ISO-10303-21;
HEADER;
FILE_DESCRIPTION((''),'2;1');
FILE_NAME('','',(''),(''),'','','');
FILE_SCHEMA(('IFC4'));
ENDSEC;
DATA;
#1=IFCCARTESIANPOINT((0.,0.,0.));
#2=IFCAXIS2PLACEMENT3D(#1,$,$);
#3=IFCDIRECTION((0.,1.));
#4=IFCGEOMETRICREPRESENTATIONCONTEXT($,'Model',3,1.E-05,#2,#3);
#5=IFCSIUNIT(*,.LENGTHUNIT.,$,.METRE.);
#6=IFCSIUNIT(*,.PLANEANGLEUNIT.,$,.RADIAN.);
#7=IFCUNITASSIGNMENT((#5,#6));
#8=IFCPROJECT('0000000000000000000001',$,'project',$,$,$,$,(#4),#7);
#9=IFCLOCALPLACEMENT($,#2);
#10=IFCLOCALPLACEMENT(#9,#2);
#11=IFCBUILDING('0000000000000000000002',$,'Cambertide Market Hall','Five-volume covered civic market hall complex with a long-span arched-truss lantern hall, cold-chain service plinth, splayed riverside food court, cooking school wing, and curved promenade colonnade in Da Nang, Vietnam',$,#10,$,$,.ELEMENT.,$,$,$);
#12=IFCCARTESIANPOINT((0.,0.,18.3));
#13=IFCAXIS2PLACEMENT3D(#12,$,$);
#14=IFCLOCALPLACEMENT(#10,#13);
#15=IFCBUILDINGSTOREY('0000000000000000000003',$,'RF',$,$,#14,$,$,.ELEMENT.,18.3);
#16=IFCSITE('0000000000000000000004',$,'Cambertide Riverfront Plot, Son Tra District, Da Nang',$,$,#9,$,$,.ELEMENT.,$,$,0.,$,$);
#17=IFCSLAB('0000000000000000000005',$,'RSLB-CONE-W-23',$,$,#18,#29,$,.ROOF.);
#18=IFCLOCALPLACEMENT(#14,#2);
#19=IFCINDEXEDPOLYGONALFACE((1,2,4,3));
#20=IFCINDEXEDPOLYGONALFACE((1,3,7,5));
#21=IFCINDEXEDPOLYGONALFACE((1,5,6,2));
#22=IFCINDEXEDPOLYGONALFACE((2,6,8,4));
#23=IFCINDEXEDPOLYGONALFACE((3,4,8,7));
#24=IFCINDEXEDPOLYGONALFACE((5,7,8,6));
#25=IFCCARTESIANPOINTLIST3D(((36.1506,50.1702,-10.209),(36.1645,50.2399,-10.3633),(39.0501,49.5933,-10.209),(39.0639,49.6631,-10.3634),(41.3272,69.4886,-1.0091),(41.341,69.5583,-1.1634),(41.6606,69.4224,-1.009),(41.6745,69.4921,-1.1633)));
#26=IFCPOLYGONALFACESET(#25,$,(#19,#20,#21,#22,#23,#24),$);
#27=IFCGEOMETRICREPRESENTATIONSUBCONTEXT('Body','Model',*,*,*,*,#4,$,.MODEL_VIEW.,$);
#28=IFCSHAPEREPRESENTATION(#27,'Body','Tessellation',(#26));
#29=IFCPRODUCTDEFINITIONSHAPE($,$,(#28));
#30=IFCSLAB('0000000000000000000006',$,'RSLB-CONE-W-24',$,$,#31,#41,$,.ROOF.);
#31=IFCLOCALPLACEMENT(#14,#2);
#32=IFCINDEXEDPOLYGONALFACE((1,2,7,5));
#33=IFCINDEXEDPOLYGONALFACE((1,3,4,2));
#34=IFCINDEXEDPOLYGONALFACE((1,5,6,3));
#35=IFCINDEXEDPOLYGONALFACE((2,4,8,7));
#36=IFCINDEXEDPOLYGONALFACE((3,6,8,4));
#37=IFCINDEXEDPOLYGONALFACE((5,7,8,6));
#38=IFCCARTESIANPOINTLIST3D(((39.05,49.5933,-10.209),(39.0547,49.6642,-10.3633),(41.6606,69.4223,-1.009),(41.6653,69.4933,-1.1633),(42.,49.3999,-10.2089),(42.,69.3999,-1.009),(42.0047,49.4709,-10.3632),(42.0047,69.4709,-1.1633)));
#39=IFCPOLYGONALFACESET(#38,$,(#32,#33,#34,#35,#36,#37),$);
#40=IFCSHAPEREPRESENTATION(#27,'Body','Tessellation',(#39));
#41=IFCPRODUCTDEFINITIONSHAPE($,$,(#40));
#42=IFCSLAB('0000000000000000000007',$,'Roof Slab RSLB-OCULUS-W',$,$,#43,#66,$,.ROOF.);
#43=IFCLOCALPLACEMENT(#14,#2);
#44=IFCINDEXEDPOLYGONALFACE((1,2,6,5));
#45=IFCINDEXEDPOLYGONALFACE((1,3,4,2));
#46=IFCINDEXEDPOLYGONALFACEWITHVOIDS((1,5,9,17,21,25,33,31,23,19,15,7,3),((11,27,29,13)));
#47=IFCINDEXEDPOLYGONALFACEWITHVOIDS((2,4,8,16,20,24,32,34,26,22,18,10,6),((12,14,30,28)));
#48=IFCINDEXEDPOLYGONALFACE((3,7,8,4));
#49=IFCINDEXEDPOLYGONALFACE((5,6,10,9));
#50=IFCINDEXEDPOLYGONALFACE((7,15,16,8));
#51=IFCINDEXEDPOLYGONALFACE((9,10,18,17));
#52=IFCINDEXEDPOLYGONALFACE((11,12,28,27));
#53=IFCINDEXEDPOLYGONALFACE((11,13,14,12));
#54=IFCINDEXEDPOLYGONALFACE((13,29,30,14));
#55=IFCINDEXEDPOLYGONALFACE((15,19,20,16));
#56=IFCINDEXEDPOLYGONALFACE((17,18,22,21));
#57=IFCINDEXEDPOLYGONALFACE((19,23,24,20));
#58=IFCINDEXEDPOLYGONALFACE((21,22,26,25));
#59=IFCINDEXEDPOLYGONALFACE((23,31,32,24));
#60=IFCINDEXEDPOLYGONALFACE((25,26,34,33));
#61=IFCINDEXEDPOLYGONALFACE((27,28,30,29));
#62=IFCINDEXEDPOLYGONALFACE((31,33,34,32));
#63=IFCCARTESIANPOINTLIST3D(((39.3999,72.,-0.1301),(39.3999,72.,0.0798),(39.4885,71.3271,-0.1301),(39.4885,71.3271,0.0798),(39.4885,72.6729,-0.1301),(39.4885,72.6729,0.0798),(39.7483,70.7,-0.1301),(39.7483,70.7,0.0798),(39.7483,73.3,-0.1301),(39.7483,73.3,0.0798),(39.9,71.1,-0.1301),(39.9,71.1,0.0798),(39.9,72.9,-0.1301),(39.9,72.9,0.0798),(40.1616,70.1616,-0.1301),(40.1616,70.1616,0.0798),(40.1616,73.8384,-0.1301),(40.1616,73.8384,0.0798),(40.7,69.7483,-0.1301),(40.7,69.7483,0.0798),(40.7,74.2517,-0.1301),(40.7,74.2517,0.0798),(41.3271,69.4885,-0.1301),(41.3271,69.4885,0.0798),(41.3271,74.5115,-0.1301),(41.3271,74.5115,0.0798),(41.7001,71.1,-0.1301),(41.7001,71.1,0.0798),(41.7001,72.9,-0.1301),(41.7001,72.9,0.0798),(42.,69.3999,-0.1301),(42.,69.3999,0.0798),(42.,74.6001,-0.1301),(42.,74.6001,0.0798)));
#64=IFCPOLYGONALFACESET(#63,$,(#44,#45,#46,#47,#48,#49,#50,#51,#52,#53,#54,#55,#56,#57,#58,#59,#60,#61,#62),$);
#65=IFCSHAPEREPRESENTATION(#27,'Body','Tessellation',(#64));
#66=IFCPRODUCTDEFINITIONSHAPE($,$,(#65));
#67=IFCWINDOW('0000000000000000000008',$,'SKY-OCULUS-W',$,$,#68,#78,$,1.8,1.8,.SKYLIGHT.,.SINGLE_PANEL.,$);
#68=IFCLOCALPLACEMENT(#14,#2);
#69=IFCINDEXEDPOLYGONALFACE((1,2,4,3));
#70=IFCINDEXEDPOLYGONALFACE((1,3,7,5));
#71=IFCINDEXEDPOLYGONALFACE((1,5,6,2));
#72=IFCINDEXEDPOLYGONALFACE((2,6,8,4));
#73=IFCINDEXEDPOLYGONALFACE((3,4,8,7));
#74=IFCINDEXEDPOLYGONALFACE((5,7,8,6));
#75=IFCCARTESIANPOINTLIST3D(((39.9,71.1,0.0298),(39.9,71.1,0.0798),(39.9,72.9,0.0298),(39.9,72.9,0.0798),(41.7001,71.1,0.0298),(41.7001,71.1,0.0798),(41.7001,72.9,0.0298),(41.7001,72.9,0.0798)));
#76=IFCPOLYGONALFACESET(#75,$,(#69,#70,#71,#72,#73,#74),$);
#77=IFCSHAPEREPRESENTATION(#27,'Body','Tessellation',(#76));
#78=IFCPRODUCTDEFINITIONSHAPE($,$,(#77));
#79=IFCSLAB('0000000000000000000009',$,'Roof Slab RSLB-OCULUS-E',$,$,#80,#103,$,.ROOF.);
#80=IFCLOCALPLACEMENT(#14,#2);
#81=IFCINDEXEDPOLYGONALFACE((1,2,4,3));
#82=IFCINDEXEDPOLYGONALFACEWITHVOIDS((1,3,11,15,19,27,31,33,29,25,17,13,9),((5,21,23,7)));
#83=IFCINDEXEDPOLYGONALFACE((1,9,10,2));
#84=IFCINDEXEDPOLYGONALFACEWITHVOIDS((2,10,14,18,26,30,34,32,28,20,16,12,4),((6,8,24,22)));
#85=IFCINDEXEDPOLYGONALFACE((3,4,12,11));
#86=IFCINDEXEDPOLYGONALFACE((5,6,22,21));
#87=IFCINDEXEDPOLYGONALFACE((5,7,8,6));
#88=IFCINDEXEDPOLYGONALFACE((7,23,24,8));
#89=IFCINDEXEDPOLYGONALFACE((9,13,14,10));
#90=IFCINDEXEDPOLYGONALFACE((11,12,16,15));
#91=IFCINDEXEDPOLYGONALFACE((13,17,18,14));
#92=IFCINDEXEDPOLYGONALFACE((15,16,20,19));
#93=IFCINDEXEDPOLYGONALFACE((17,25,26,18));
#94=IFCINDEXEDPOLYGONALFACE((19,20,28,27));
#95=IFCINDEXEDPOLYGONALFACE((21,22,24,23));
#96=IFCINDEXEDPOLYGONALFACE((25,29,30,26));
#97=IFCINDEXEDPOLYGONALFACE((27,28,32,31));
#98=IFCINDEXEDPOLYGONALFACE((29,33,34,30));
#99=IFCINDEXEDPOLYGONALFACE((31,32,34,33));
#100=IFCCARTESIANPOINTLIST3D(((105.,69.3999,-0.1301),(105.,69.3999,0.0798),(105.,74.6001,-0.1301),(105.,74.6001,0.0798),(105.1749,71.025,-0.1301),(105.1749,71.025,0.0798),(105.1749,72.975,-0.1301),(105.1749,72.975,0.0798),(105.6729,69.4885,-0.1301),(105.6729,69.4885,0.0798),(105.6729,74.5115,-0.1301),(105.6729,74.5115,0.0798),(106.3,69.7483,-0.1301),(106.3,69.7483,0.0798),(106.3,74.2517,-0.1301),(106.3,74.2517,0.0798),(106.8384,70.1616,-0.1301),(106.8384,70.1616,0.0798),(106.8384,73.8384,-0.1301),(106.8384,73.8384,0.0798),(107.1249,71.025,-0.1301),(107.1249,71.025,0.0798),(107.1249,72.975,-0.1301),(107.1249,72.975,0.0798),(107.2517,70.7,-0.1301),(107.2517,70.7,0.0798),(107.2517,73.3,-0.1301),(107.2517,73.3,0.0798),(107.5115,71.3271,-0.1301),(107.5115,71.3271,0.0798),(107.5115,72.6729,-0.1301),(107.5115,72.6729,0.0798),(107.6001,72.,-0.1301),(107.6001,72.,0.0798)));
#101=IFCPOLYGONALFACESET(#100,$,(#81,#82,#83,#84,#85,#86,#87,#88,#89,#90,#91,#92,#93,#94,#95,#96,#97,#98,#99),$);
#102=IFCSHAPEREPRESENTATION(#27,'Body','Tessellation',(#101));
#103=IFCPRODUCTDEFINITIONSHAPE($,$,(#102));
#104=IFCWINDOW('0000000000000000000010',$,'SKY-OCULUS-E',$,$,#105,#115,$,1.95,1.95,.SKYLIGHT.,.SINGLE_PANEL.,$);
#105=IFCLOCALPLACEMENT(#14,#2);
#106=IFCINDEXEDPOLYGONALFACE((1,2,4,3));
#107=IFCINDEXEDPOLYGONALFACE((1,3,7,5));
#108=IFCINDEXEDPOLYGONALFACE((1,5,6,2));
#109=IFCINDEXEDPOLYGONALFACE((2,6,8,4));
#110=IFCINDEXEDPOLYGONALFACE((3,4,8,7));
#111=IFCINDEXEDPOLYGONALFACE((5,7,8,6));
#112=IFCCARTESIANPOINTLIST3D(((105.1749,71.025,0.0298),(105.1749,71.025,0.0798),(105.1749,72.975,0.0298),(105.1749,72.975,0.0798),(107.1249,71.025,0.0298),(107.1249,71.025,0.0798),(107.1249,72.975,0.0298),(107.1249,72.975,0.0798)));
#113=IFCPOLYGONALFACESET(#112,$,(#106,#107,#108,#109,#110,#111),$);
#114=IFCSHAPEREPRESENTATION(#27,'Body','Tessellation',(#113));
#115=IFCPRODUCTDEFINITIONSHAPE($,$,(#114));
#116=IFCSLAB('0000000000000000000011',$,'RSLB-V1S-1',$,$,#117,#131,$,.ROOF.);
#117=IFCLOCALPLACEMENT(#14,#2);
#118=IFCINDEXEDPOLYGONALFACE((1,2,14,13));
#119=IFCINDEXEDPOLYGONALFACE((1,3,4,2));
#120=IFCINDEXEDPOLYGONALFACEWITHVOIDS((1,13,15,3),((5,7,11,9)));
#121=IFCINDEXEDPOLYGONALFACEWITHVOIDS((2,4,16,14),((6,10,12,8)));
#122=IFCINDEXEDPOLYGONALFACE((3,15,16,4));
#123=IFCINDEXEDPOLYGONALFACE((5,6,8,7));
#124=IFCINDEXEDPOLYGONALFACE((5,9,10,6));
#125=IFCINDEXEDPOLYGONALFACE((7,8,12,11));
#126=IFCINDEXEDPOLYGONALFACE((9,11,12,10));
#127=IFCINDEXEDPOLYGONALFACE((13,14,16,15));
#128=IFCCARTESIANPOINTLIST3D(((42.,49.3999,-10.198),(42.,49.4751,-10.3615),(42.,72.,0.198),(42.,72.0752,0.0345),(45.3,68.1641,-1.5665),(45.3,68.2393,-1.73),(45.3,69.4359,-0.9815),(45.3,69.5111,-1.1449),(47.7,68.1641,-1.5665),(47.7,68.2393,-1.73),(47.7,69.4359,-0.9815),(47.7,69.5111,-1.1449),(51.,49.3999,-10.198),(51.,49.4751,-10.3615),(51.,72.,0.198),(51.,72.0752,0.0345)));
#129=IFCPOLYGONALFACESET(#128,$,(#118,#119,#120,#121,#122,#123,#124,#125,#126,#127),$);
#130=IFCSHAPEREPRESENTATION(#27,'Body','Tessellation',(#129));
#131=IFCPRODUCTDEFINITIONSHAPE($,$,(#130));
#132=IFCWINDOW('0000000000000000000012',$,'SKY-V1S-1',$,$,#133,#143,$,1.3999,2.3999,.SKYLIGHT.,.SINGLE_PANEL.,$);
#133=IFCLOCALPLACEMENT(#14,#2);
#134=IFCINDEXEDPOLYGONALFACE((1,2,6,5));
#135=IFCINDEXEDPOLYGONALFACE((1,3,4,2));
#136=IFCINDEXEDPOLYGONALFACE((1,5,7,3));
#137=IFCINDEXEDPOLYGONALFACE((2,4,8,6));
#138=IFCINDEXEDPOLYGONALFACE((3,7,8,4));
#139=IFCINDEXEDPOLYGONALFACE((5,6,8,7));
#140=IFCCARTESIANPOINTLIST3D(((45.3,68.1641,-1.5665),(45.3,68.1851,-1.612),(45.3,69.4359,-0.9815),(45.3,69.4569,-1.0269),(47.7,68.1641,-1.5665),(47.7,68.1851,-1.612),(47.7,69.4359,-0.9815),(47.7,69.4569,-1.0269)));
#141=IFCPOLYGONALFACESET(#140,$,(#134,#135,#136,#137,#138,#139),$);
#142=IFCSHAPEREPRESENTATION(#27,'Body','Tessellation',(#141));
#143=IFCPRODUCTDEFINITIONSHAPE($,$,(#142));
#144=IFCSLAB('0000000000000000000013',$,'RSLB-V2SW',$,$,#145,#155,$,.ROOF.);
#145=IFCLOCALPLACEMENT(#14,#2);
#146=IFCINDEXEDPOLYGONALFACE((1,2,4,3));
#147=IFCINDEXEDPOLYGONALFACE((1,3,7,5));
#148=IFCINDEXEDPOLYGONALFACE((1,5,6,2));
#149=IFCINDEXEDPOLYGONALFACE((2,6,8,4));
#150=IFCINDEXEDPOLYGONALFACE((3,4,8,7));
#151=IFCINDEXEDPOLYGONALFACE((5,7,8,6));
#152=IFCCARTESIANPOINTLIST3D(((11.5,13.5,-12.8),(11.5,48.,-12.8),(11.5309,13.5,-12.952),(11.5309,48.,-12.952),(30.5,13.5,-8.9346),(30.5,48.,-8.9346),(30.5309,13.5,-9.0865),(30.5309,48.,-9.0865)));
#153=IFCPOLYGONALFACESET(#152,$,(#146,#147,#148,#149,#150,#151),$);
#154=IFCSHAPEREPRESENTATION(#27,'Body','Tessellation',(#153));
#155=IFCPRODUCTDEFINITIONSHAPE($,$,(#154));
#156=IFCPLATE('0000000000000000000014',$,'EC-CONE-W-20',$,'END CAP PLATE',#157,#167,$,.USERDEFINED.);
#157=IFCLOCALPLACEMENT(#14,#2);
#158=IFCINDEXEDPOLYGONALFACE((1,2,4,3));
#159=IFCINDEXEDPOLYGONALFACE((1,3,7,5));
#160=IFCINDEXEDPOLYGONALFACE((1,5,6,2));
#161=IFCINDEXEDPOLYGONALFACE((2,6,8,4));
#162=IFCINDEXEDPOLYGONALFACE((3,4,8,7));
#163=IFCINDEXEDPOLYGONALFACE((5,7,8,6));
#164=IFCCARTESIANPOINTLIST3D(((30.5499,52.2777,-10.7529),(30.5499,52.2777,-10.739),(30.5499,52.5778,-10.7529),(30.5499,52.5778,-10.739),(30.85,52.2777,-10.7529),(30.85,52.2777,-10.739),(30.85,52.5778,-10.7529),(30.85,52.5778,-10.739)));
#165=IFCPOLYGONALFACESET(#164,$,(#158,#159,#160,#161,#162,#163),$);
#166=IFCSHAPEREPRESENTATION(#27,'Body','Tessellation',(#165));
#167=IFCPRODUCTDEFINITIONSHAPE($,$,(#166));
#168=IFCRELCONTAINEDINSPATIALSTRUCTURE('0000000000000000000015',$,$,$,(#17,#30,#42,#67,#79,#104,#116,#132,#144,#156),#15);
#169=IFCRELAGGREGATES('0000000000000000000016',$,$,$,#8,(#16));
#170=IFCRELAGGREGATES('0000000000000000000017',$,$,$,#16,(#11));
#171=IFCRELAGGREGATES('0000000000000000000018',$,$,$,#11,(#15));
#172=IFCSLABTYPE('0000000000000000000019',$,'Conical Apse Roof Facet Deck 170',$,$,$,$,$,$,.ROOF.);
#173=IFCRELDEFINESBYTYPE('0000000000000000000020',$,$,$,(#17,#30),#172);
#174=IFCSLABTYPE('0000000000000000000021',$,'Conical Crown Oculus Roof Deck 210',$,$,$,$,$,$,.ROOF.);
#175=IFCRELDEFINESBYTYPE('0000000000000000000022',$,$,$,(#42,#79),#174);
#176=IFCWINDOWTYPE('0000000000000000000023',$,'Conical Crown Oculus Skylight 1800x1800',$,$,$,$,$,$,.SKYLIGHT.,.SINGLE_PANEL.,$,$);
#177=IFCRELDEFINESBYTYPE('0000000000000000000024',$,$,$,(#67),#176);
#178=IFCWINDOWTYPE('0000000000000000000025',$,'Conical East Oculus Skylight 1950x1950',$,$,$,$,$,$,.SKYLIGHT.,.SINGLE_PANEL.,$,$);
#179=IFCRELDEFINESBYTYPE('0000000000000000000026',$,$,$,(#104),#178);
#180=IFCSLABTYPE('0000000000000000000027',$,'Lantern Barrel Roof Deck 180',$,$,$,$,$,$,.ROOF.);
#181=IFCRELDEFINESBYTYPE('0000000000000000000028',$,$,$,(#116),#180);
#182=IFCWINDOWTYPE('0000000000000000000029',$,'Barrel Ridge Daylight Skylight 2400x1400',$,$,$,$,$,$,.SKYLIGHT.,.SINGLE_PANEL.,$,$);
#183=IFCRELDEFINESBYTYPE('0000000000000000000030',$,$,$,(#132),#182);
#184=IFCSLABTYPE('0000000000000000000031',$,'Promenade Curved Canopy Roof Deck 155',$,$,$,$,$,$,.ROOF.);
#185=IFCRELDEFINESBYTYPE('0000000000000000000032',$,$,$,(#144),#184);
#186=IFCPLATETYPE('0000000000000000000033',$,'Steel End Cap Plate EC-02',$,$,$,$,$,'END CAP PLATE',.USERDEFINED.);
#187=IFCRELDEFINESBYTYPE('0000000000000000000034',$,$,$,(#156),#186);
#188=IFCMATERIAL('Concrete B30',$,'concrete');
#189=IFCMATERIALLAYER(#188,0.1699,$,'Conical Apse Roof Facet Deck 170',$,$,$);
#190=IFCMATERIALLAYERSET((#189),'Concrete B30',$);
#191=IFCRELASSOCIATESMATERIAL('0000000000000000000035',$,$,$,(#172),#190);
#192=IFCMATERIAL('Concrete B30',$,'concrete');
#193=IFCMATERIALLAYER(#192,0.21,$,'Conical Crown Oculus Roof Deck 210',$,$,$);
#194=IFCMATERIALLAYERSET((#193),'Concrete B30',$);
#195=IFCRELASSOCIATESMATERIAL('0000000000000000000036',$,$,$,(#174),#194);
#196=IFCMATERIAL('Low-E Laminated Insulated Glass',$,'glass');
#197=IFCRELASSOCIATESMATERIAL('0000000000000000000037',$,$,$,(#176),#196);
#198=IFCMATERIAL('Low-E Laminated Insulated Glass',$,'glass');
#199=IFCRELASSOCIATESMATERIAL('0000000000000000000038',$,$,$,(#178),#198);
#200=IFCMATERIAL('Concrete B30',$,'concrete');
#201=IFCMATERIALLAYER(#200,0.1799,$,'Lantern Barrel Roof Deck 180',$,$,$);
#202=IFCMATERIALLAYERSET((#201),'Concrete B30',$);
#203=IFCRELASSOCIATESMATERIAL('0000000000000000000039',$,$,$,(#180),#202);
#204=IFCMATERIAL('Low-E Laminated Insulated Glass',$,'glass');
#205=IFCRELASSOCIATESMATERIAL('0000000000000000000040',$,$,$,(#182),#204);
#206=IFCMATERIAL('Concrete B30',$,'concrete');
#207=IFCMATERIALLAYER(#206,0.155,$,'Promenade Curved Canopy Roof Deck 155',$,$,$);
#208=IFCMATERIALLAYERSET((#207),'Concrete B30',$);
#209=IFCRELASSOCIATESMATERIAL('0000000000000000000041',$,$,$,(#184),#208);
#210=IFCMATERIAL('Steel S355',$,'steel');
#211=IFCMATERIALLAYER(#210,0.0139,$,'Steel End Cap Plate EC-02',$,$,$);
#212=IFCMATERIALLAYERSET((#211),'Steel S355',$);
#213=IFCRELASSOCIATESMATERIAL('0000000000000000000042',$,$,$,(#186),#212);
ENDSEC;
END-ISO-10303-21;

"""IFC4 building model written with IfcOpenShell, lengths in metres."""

from ifc_helpers import new_model, si_unit, direction, frame, origin, origin_2d, place, context, subcontext, project, spatial, polyline, rectangle, outline, extrude, material, layer, layer_set, type_object, element, fill, save


model = new_model("IFC4")

# Units and contexts
model_context = context("Model", 3, precision=1e-05, world=origin(), true_north=direction((0.0, 1.0)))
body_context = subcontext(model_context, "Body", "Model", "MODEL_VIEW")
ifc_project = project(units=[si_unit("LENGTHUNIT", "METRE"), si_unit("PLANEANGLEUNIT", "RADIAN")], contexts=[model_context])

# Site, building, storey
site_placement = place(None, origin())
site = spatial("IfcSite", under=ifc_project, at=site_placement, Name="Cambertide Riverfront Plot, Son Tra District, Da Nang", CompositionType="ELEMENT", RefElevation=0.0)
building_placement = place(site_placement, origin())
building = spatial("IfcBuilding", under=site, at=building_placement, Name="Cambertide Market Hall", Description="Five-volume covered civic market hall complex with a long-span arched-truss lantern hall, cold-chain service plinth, splayed riverside food court, cooking school wing, and curved promenade colonnade in Da Nang, Vietnam", CompositionType="ELEMENT")
storey_placement = place(building_placement, frame((0.0, 0.0, 18.3)))
storey = spatial("IfcBuildingStorey", under=building, at=storey_placement, Name="RF", CompositionType="ELEMENT", Elevation=18.3)

# Slabs
ifc_material_1 = material(Name="Concrete B30", Category="concrete")
ifc_layer_1 = layer(ifc_material_1, 0.1699, Name="Conical Apse Roof Facet Deck 170")
ifc_layer_set_1 = layer_set([ifc_layer_1], Name="Concrete B30")
slab_type_1 = type_object("IfcSlabType", Name="Conical Apse Roof Facet Deck 170", PredefinedType="ROOF", material=ifc_layer_set_1)
slab_1_placement = place(storey_placement, frame((36.1506, 50.1702, -10.209), z_axis=(-0.081673, -0.410599, 0.908151), x_axis=(0.980776, -0.195137, -0.000022)))
element("IfcSlab", 1, at=slab_1_placement, inside=storey, type_object=slab_type_1, Name="RSLB-CONE-W-23", PredefinedType="ROOF", context=body_context, shape_type="SweptSolid", body=[
    extrude(outline(polyline([(0.0, 0.0), (2.9563, 0.0), (1.6471, 21.9758), (1.3071, 21.9756), (0.0, 0.0)])), origin(), (0.0, 0.0, -1.0), 0.1699),
])
slab_2_placement = place(storey_placement, frame((39.05, 49.5933, -10.209), z_axis=(-0.027409, -0.417743, 0.908152), x_axis=(0.997858, -0.065418, 0.000025)))
element("IfcSlab", 2, at=slab_2_placement, inside=storey, type_object=slab_type_1, Name="RSLB-CONE-W-24", PredefinedType="ROOF", context=body_context, shape_type="SweptSolid", body=[
    extrude(outline(polyline([(0.0, 0.0), (2.9563, 0.0), (1.6482, 21.9756), (1.3081, 21.9758), (0.0, 0.0)])), origin(), (0.0, 0.0, -1.0), 0.1699),
])

# Slabs, openings, windows
ifc_material_2 = material(Name="Concrete B30", Category="concrete")
ifc_layer_2 = layer(ifc_material_2, 0.21, Name="Conical Crown Oculus Roof Deck 210")
ifc_layer_set_2 = layer_set([ifc_layer_2], Name="Concrete B30")
slab_type_2 = type_object("IfcSlabType", Name="Conical Crown Oculus Roof Deck 210", PredefinedType="ROOF", material=ifc_layer_set_2)
slab_3_placement = place(storey_placement, frame((0.0, 0.0, -0.1301)))
slab_3 = element("IfcSlab", 3, at=slab_3_placement, inside=storey, type_object=slab_type_2, Name="Roof Slab RSLB-OCULUS-W", PredefinedType="ROOF", context=body_context, shape_type="SweptSolid", body=[
    extrude(outline(polyline([(42.0, 74.6001), (41.3271, 74.5115), (40.7, 74.2517), (40.1616, 73.8384), (39.7483, 73.3), (39.4885, 72.6729), (39.3999, 72.0), (39.4885, 71.3271), (39.7483, 70.7), (40.1616, 70.1616), (40.7, 69.7483), (41.3271, 69.4885), (42.0, 69.3999), (42.0, 74.6001)])), origin(), (0.0, 0.0, 1.0), 0.21),
])
opening_1_placement = place(slab_3_placement, frame((40.8, 72.0, -0.01)))
opening_1 = element("IfcOpeningElement", 4, at=opening_1_placement, cuts=slab_3, PredefinedType="OPENING", context=body_context, shape_type="SweptSolid", body=[
    extrude(rectangle(XDim=1.8, YDim=1.8, at=origin_2d()), origin(), (0.0, 0.0, 1.0), 0.23),
])
ifc_material_3 = material(Name="Low-E Laminated Insulated Glass", Category="glass")
window_type_1 = type_object("IfcWindowType", Name="Conical Crown Oculus Skylight 1800x1800", PartitioningType="SINGLE_PANEL", PredefinedType="SKYLIGHT", material=ifc_material_3)
window_1_placement = place(slab_3_placement, frame((40.8, 72.0, 0.1599)))
window_1 = element("IfcWindow", 5, at=window_1_placement, inside=storey, type_object=window_type_1, Name="SKY-OCULUS-W", OverallHeight=1.8, OverallWidth=1.8, PartitioningType="SINGLE_PANEL", PredefinedType="SKYLIGHT", context=body_context, shape_type="SweptSolid", body=[
    extrude(rectangle(XDim=1.8, YDim=1.8, at=origin_2d()), origin(), (0.0, 0.0, 1.0), 0.05),
])
fill(opening_1, window_1)
slab_4_placement = place(storey_placement, frame((0.0, 0.0, -0.1301)))
slab_4 = element("IfcSlab", 6, at=slab_4_placement, inside=storey, type_object=slab_type_2, Name="Roof Slab RSLB-OCULUS-E", PredefinedType="ROOF", context=body_context, shape_type="SweptSolid", body=[
    extrude(outline(polyline([(105.0, 69.3999), (105.6729, 69.4885), (106.3, 69.7483), (106.8384, 70.1616), (107.2517, 70.7), (107.5115, 71.3271), (107.6001, 72.0), (107.5115, 72.6729), (107.2517, 73.3), (106.8384, 73.8384), (106.3, 74.2517), (105.6729, 74.5115), (105.0, 74.6001), (105.0, 69.3999)])), origin(), (0.0, 0.0, 1.0), 0.21),
])
opening_2_placement = place(slab_4_placement, frame((106.1499, 72.0, -0.01)))
opening_2 = element("IfcOpeningElement", 7, at=opening_2_placement, cuts=slab_4, PredefinedType="OPENING", context=body_context, shape_type="SweptSolid", body=[
    extrude(rectangle(XDim=1.95, YDim=1.95, at=origin_2d()), origin(), (0.0, 0.0, 1.0), 0.23),
])
ifc_material_4 = material(Name="Low-E Laminated Insulated Glass", Category="glass")
window_type_2 = type_object("IfcWindowType", Name="Conical East Oculus Skylight 1950x1950", PartitioningType="SINGLE_PANEL", PredefinedType="SKYLIGHT", material=ifc_material_4)
window_2_placement = place(slab_4_placement, frame((106.1499, 72.0, 0.1599)))
window_2 = element("IfcWindow", 8, at=window_2_placement, inside=storey, type_object=window_type_2, Name="SKY-OCULUS-E", OverallHeight=1.95, OverallWidth=1.95, PartitioningType="SINGLE_PANEL", PredefinedType="SKYLIGHT", context=body_context, shape_type="SweptSolid", body=[
    extrude(rectangle(XDim=1.95, YDim=1.95, at=origin_2d()), origin(), (0.0, 0.0, 1.0), 0.05),
])
fill(opening_2, window_2)
ifc_material_5 = material(Name="Concrete B30", Category="concrete")
ifc_layer_3 = layer(ifc_material_5, 0.1799, Name="Lantern Barrel Roof Deck 180")
ifc_layer_set_3 = layer_set([ifc_layer_3], Name="Concrete B30")
slab_type_3 = type_object("IfcSlabType", Name="Lantern Barrel Roof Deck 180", PredefinedType="ROOF", material=ifc_layer_set_3)
slab_5_placement = place(storey_placement, frame((42.0, 49.3999, -10.198), z_axis=(0.0, -0.417904, 0.908491), x_axis=(1.0, 0.0, 0.0)))
slab_5 = element("IfcSlab", 9, at=slab_5_placement, inside=storey, type_object=slab_type_3, Name="RSLB-V1S-1", PredefinedType="ROOF", context=body_context, shape_type="SweptSolid", body=[
    extrude(outline(polyline([(0.0, 0.0), (9.0, 0.0), (9.0, 24.8765), (0.0, 24.8765), (0.0, 0.0)])), origin(), (0.0, 0.0, -1.0), 0.1799),
])
opening_3_placement = place(slab_5_placement, frame((4.5, 21.3542, 0.01), z_axis=(0.0, 0.0, 1.0), x_axis=(1.0, 0.0, 0.0)))
opening_3 = element("IfcOpeningElement", 10, at=opening_3_placement, cuts=slab_5, PredefinedType="OPENING", context=body_context, shape_type="SweptSolid", body=[
    extrude(rectangle(XDim=2.3999, YDim=1.3999, at=origin_2d()), origin(), (0.0, 0.0, -1.0), 0.2),
])
ifc_material_6 = material(Name="Low-E Laminated Insulated Glass", Category="glass")
window_type_3 = type_object("IfcWindowType", Name="Barrel Ridge Daylight Skylight 2400x1400", PartitioningType="SINGLE_PANEL", PredefinedType="SKYLIGHT", material=ifc_material_6)
window_3_placement = place(slab_5_placement, frame((4.5, 21.3542, 0.0), z_axis=(0.0, 0.0, 1.0), x_axis=(1.0, 0.0, 0.0)))
window_3 = element("IfcWindow", 11, at=window_3_placement, inside=storey, type_object=window_type_3, Name="SKY-V1S-1", OverallHeight=1.3999, OverallWidth=2.3999, PartitioningType="SINGLE_PANEL", PredefinedType="SKYLIGHT", context=body_context, shape_type="SweptSolid", body=[
    extrude(rectangle(XDim=2.3999, YDim=1.3999, at=origin_2d()), origin(), (0.0, 0.0, -1.0), 0.05),
])
fill(opening_3, window_3)

# Slab
ifc_material_7 = material(Name="Concrete B30", Category="concrete")
ifc_layer_4 = layer(ifc_material_7, 0.155, Name="Promenade Curved Canopy Roof Deck 155")
ifc_layer_set_4 = layer_set([ifc_layer_4], Name="Concrete B30")
slab_type_4 = type_object("IfcSlabType", Name="Promenade Curved Canopy Roof Deck 155", PredefinedType="ROOF", material=ifc_layer_set_4)
slab_6_placement = place(storey_placement, frame((11.5, 13.5, -12.8), z_axis=(-0.199362, 0.0, 0.979926), x_axis=(0.979926, 0.0, 0.199362)))
element("IfcSlab", 12, at=slab_6_placement, inside=storey, type_object=slab_type_4, Name="RSLB-V2SW", PredefinedType="ROOF", context=body_context, shape_type="SweptSolid", body=[
    extrude(outline(polyline([(0.0, 0.0), (19.3892, 0.0), (19.3892, 34.5), (0.0, 34.5), (0.0, 0.0)])), origin(), (0.0, 0.0, -1.0), 0.155),
])

# Plate
ifc_material_8 = material(Name="Steel S355", Category="steel")
ifc_layer_5 = layer(ifc_material_8, 0.0139, Name="Steel End Cap Plate EC-02")
ifc_layer_set_5 = layer_set([ifc_layer_5], Name="Steel S355")
plate_type_1 = type_object("IfcPlateType", Name="Steel End Cap Plate EC-02", ElementType="END CAP PLATE", PredefinedType="USERDEFINED", material=ifc_layer_set_5)
for number, where, z_axis, x_axis, name in (
    (13, (30.7, 52.4277, -10.7529), (0.0, 0.0, 1.0), (1.0, 0.0, 0.0), "EC-CONE-W-20"),
):
    element("IfcPlate", number, at=place(storey_placement, frame(where, z_axis=z_axis, x_axis=x_axis)), inside=storey, type_object=plate_type_1, Name=name, ObjectType="END CAP PLATE", PredefinedType="USERDEFINED", context=body_context, shape_type="SweptSolid", body=[
        extrude(rectangle(XDim=0.3, YDim=0.3, at=origin_2d()), origin(), (0.0, 0.0, 1.0), 0.0139),
    ])

save(model, "model.ifc")
